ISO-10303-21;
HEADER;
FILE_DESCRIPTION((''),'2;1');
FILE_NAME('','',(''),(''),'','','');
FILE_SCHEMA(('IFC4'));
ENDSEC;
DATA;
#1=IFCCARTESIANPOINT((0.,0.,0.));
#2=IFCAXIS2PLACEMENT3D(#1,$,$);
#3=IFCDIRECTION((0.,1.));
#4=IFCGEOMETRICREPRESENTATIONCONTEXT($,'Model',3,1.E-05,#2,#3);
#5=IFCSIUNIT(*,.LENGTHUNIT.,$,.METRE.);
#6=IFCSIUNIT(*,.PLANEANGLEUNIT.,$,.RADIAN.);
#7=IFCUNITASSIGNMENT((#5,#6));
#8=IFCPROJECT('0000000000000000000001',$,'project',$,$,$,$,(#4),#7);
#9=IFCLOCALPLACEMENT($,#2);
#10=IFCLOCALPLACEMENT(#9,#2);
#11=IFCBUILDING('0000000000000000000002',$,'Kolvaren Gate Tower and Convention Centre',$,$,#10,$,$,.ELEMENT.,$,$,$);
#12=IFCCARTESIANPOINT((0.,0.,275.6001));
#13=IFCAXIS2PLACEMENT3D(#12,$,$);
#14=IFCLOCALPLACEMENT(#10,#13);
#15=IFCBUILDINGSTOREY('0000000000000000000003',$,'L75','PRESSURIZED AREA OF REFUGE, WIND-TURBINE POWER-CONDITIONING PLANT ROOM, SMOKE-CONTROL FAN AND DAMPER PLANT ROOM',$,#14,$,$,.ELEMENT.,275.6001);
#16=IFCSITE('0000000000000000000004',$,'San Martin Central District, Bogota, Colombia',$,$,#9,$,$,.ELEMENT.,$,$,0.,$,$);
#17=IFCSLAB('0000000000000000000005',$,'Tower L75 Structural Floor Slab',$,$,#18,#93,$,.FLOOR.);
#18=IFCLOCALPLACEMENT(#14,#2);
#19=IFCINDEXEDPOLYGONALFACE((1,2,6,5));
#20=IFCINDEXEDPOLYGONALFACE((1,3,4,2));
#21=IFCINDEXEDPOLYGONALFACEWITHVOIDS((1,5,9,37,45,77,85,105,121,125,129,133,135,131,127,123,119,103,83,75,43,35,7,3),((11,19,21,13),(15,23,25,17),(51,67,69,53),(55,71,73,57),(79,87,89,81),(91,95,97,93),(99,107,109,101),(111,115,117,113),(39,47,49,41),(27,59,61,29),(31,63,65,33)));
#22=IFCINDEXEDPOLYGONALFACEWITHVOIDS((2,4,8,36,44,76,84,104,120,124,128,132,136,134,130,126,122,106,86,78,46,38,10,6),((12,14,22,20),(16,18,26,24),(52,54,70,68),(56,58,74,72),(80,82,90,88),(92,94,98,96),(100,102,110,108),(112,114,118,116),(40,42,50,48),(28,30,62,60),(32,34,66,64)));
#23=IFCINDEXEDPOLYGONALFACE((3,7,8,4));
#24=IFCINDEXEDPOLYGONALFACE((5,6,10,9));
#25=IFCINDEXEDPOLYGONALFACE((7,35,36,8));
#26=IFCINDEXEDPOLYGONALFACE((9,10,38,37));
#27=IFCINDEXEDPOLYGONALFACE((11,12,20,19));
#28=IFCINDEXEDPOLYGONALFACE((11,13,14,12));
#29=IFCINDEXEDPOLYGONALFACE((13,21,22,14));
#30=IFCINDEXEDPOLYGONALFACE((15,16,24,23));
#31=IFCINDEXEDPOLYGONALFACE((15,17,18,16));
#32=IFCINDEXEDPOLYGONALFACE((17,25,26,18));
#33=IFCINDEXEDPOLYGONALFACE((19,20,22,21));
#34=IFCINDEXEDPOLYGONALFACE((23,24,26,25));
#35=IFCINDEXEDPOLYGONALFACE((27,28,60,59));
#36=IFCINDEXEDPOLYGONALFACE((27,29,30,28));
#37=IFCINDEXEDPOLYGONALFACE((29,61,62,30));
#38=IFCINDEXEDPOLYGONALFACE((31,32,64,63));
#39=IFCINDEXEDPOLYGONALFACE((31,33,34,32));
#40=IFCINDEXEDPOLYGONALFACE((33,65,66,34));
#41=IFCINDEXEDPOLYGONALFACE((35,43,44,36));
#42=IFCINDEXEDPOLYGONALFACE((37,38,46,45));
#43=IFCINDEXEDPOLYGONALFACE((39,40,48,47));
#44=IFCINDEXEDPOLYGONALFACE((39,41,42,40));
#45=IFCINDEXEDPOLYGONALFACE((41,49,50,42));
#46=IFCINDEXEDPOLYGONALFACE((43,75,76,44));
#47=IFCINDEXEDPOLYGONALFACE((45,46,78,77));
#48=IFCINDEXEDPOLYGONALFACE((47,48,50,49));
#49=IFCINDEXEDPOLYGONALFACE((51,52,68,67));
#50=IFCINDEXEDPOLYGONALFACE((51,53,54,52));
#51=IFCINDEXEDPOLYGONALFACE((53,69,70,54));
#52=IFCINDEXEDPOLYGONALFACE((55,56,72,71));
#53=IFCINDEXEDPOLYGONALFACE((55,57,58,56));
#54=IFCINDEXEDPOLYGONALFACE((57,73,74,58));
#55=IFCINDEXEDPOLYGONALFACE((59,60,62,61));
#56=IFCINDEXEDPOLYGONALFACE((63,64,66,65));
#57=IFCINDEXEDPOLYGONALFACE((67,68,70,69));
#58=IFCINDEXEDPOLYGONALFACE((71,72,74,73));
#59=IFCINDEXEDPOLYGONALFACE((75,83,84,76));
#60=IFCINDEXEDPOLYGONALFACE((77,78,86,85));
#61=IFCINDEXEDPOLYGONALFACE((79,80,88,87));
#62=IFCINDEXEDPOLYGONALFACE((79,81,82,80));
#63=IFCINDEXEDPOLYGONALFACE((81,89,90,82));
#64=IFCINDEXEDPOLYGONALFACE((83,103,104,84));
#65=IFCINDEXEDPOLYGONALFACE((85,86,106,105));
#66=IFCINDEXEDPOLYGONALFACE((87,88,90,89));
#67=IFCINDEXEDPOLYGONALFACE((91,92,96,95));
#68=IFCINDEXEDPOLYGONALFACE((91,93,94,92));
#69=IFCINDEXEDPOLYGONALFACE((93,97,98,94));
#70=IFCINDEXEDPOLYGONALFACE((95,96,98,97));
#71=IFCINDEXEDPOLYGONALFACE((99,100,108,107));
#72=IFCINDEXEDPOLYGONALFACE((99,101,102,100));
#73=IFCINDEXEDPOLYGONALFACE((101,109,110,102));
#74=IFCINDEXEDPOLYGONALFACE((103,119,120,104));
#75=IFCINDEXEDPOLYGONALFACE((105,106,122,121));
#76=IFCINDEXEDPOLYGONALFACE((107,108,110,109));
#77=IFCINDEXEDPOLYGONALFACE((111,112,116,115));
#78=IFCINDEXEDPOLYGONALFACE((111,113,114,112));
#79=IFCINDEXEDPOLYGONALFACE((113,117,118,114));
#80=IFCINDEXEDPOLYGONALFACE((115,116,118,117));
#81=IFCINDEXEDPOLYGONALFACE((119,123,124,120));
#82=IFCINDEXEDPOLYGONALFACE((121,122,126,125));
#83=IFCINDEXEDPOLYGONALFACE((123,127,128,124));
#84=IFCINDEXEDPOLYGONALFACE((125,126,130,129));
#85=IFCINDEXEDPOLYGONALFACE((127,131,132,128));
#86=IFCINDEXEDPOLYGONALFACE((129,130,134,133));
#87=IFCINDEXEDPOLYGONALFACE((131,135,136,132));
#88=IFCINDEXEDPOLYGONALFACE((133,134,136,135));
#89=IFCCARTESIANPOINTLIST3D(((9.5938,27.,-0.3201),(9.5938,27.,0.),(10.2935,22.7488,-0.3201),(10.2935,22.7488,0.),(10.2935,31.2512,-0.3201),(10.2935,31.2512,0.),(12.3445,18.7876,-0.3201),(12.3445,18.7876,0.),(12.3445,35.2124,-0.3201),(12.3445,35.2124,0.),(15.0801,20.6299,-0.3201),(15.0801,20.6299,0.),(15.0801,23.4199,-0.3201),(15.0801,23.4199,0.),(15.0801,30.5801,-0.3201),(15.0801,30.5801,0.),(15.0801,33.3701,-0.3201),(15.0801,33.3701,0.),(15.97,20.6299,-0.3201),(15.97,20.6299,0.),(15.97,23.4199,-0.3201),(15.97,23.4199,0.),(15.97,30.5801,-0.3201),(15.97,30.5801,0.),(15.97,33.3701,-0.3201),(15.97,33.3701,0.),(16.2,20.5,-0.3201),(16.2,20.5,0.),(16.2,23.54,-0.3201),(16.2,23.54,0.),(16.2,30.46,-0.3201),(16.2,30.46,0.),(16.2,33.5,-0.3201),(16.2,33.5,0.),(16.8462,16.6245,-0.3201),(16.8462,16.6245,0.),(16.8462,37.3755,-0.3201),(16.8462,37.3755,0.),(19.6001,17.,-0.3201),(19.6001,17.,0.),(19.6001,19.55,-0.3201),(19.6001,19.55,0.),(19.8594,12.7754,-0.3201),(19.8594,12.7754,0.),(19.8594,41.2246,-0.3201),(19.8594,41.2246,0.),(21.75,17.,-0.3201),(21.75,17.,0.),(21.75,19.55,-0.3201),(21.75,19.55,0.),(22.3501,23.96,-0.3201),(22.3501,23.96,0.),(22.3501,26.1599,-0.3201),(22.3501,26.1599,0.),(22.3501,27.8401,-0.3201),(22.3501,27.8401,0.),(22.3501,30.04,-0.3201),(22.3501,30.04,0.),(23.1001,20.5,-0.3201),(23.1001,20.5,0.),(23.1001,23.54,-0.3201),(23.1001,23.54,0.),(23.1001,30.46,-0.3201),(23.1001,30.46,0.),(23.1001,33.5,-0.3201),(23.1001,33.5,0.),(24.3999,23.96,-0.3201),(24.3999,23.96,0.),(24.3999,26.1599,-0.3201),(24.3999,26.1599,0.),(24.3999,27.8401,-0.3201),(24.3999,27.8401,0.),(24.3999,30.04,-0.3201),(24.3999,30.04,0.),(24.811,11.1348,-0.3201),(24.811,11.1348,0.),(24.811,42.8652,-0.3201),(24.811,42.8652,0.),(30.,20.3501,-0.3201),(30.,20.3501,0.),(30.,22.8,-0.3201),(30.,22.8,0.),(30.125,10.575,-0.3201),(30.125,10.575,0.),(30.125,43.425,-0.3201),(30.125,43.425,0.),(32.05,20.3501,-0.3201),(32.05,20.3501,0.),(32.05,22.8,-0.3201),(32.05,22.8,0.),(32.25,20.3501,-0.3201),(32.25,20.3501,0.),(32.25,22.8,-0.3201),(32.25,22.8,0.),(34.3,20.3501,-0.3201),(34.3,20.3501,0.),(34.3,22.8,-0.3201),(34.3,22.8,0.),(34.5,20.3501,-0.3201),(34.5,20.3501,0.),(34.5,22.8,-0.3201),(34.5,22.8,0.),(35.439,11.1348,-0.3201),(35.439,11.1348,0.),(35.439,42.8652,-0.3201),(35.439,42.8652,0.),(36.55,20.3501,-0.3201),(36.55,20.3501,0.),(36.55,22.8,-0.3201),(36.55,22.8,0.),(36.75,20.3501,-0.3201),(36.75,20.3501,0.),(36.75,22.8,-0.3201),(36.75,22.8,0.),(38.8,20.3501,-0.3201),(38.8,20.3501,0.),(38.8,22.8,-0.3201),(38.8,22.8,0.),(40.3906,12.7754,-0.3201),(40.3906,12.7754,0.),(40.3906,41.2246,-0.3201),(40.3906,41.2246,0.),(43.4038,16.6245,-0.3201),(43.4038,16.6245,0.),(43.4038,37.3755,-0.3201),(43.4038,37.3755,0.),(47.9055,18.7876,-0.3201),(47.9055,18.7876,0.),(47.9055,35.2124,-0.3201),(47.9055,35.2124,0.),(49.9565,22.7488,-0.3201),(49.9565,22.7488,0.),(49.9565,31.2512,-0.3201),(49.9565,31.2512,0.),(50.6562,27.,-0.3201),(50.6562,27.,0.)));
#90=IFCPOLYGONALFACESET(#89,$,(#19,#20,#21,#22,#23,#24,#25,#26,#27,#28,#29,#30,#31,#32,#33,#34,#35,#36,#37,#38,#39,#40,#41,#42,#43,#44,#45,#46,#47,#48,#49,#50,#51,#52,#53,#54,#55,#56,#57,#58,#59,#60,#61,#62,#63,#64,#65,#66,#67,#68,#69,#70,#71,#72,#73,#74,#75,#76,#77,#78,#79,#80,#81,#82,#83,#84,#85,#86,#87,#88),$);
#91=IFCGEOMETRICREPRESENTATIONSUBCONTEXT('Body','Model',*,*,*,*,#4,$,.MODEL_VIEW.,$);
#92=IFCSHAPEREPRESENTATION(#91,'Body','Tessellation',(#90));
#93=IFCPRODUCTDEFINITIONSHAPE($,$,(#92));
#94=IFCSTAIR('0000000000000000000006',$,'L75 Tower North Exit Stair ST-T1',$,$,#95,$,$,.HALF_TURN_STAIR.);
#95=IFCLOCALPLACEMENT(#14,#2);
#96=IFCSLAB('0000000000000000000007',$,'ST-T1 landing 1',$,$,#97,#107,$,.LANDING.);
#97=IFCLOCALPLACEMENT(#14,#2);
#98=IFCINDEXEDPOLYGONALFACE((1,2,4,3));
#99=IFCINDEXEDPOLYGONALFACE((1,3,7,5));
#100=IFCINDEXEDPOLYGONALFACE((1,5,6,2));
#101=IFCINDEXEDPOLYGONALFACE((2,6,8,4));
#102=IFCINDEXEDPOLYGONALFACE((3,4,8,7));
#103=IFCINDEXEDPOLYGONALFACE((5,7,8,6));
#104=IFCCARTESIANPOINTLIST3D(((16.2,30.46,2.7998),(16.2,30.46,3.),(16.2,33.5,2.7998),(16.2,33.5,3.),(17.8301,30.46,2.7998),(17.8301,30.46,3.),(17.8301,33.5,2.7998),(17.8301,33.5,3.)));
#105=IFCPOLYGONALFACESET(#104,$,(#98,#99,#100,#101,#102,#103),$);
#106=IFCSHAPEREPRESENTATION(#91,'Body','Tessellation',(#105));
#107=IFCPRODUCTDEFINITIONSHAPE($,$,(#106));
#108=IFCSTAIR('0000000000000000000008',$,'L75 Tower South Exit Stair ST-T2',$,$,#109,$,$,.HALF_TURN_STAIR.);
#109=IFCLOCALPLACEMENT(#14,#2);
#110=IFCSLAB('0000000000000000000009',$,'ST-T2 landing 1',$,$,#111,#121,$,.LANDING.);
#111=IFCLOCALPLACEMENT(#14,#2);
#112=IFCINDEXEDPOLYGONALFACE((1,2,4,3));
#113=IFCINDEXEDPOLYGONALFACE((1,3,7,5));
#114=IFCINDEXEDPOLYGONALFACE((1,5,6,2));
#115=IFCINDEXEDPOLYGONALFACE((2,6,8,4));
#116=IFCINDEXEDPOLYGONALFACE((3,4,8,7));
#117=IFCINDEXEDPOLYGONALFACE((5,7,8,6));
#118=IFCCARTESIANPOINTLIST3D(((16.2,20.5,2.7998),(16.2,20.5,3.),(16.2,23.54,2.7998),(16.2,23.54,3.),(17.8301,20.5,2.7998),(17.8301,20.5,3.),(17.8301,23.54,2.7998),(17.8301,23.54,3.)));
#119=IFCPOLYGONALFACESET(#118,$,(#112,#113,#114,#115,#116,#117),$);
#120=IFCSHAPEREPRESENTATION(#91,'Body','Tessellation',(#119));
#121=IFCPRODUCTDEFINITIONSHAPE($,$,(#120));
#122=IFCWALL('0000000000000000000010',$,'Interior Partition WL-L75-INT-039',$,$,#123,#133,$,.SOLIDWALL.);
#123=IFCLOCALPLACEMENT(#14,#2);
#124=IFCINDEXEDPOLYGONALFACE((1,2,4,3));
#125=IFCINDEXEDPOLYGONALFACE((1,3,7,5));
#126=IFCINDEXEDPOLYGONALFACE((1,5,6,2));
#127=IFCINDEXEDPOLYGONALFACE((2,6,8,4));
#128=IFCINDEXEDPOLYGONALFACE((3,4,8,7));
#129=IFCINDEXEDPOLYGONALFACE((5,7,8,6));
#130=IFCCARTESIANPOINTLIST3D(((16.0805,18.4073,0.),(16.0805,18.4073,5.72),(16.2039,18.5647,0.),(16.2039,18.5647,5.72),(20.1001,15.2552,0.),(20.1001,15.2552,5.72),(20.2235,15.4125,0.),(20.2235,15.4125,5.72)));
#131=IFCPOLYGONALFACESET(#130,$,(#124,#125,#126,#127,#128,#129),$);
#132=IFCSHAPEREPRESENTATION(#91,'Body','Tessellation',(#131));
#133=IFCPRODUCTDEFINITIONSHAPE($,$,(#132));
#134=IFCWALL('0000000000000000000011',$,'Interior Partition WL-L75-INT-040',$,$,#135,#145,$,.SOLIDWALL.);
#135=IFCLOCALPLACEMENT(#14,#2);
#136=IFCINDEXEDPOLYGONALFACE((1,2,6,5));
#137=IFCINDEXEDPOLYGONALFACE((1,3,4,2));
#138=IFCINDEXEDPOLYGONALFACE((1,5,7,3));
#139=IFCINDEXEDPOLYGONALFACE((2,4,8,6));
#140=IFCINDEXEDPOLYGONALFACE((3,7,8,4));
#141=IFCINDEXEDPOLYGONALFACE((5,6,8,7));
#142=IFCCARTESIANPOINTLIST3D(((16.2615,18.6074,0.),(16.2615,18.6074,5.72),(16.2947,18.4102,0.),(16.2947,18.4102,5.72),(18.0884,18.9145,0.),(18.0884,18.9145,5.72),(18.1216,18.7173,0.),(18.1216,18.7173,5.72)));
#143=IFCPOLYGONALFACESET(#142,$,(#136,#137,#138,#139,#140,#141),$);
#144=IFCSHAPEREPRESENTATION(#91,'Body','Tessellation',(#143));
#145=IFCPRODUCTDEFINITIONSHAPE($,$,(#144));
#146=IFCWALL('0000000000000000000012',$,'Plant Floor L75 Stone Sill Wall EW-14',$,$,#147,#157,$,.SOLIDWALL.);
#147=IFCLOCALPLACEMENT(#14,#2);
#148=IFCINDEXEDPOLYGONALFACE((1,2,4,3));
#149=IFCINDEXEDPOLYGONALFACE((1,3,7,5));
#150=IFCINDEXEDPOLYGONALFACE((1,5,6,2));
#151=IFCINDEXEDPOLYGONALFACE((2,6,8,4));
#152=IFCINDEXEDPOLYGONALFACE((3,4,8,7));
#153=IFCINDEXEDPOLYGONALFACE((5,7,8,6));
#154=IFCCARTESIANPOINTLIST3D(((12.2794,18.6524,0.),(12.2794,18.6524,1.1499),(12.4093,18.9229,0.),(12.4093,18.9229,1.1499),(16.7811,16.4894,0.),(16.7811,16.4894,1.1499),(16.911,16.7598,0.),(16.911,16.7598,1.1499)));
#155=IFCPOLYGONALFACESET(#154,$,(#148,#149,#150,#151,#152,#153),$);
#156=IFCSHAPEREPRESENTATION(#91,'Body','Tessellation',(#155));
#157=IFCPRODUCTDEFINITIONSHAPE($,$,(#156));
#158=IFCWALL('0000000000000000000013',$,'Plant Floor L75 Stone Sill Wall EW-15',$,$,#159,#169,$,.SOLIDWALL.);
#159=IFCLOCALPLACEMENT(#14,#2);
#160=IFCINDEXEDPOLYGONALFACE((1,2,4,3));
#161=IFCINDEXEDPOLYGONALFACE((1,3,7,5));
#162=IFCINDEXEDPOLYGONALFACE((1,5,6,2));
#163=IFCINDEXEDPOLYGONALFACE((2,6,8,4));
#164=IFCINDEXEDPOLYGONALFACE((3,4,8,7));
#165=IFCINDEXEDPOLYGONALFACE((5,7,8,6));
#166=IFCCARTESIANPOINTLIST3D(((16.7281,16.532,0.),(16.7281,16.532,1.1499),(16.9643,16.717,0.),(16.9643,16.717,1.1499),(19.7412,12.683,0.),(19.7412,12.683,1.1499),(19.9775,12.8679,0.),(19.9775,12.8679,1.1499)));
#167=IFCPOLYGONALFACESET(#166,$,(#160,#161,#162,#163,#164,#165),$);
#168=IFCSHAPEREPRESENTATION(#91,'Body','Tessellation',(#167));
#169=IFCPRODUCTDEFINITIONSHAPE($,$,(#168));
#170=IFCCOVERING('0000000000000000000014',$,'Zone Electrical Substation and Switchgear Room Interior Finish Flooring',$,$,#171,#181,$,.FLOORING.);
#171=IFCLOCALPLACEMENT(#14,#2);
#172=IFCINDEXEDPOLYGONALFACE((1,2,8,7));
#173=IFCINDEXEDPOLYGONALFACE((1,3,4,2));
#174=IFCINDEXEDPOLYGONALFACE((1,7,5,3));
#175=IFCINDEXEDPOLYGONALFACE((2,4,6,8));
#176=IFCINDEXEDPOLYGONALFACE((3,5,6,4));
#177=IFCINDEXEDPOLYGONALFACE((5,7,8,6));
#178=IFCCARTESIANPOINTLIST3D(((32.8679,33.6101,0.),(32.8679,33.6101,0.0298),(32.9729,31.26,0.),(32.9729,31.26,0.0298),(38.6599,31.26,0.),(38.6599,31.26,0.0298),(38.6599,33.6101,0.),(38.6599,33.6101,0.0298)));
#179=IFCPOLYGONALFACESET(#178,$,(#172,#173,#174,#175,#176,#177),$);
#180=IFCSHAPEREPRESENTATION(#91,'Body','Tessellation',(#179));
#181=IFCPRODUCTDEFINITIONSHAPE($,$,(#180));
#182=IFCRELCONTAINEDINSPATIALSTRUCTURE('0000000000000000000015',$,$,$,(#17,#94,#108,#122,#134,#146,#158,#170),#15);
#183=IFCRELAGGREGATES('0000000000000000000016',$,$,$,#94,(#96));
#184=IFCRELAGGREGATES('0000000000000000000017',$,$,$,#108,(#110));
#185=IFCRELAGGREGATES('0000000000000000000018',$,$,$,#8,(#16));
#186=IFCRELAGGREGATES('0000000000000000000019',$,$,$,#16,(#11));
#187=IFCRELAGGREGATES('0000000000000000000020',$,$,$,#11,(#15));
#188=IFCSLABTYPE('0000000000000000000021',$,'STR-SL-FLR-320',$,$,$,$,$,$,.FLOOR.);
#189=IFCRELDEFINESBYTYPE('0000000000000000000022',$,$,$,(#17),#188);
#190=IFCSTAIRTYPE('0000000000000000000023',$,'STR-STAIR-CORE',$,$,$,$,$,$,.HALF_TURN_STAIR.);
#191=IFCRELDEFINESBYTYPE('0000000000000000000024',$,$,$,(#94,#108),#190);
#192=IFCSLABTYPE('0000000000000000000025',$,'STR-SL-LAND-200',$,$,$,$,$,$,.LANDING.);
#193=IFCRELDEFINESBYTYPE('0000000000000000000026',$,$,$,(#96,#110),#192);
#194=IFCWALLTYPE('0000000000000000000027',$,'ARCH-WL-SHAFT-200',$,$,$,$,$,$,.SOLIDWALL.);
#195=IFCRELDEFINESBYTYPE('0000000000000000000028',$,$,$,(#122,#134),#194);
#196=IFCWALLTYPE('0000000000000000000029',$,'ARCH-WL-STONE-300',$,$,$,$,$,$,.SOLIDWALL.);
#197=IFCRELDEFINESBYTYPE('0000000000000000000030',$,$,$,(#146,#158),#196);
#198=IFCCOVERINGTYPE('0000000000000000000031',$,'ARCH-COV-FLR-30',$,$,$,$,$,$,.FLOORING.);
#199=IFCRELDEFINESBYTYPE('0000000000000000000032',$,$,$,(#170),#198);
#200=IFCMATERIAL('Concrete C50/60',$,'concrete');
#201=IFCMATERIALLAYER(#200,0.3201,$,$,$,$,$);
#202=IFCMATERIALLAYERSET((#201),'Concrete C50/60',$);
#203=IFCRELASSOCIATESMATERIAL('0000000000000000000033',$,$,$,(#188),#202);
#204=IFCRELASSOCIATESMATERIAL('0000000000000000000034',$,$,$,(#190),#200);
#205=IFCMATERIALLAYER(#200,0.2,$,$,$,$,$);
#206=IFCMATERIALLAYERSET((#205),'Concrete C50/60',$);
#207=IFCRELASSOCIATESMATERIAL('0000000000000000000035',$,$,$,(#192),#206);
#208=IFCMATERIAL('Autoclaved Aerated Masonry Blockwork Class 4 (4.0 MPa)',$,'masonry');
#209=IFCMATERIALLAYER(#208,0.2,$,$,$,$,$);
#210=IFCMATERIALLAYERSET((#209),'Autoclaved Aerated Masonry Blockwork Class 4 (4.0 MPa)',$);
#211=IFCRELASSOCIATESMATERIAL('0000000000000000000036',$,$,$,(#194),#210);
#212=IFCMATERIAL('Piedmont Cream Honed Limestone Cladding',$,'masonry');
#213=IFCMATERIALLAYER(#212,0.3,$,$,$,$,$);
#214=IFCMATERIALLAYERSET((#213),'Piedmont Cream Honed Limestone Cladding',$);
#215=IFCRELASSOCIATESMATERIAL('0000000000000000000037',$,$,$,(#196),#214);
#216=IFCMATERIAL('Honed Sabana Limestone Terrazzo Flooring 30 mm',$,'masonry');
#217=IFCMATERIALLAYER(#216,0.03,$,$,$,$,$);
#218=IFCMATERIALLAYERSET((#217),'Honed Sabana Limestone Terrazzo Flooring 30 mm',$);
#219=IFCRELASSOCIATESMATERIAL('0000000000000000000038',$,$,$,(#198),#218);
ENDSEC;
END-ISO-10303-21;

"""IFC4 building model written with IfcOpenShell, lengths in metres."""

from ifc_helpers import new_model, si_unit, direction, frame, frame_2d, origin, place, context, subcontext, project, spatial, polyline, rectangle, outline, extrude, material, layer, layer_set, type_object, element, aggregate, save


model = new_model("IFC4")

# Units and contexts
model_context = context("Model", 3, precision=1e-05, world=origin(), true_north=direction((0.0, 1.0)))
body_context = subcontext(model_context, "Body", "Model", "MODEL_VIEW")
ifc_project = project(units=[si_unit("LENGTHUNIT", "METRE"), si_unit("PLANEANGLEUNIT", "RADIAN")], contexts=[model_context])

# Site, building, storey
site_placement = place(None, origin())
site = spatial("IfcSite", under=ifc_project, at=site_placement, Name="San Martin Central District, Bogota, Colombia", CompositionType="ELEMENT", RefElevation=0.0)
building_placement = place(site_placement, origin())
building = spatial("IfcBuilding", under=site, at=building_placement, Name="Kolvaren Gate Tower and Convention Centre", CompositionType="ELEMENT")
storey_placement = place(building_placement, frame((0.0, 0.0, 275.6001)))
storey = spatial("IfcBuildingStorey", under=building, at=storey_placement, Name="L75", Description="PRESSURIZED AREA OF REFUGE, WIND-TURBINE POWER-CONDITIONING PLANT ROOM, SMOKE-CONTROL FAN AND DAMPER PLANT ROOM", CompositionType="ELEMENT", Elevation=275.6001)

# Slab
ifc_material_1 = material(Name="Concrete C50/60", Category="concrete")
ifc_layer_1 = layer(ifc_material_1, 0.3201)
ifc_layer_set_1 = layer_set([ifc_layer_1], Name="Concrete C50/60")
slab_type_1 = type_object("IfcSlabType", Name="STR-SL-FLR-320", PredefinedType="FLOOR", material=ifc_layer_set_1)
slab_1_placement = place(storey_placement, frame((0.0, 0.0, -0.3201)))
element("IfcSlab", 1, at=slab_1_placement, inside=storey, type_object=slab_type_1, Name="Tower L75 Structural Floor Slab", PredefinedType="FLOOR", context=body_context, shape_type="SweptSolid", body=[
    extrude(outline(polyline([(50.6562, 27.0), (49.9565, 31.2512), (47.9055, 35.2124), (43.4038, 37.3755), (40.3906, 41.2246), (35.439, 42.8652), (30.125, 43.425), (24.811, 42.8652), (19.8594, 41.2246), (16.8462, 37.3755), (12.3445, 35.2124), (10.2935, 31.2512), (9.5938, 27.0), (10.2935, 22.7488), (12.3445, 18.7876), (16.8462, 16.6245), (19.8594, 12.7754), (24.811, 11.1348), (30.125, 10.575), (35.439, 11.1348), (40.3906, 12.7754), (43.4038, 16.6245), (47.9055, 18.7876), (49.9565, 22.7488), (50.6562, 27.0)]), holes=[polyline([(36.75, 20.3501), (36.75, 22.8), (38.8, 22.8), (38.8, 20.3501), (36.75, 20.3501)]), polyline([(36.55, 20.3501), (34.5, 20.3501), (34.5, 22.8), (36.55, 22.8), (36.55, 20.3501)]), polyline([(32.25, 20.3501), (32.25, 22.8), (34.3, 22.8), (34.3, 20.3501), (32.25, 20.3501)]), polyline([(30.0, 20.3501), (30.0, 22.8), (32.05, 22.8), (32.05, 20.3501), (30.0, 20.3501)]), polyline([(22.3501, 23.96), (22.3501, 26.1599), (24.3999, 26.1599), (24.3999, 23.96), (22.3501, 23.96)]), polyline([(22.3501, 27.8401), (22.3501, 30.04), (24.3999, 30.04), (24.3999, 27.8401), (22.3501, 27.8401)]), polyline([(16.2, 23.54), (23.1001, 23.54), (23.1001, 20.5), (16.2, 20.5), (16.2, 23.54)]), polyline([(16.2, 33.5), (23.1001, 33.5), (23.1001, 30.46), (16.2, 30.46), (16.2, 33.5)]), polyline([(21.75, 17.0), (19.6001, 17.0), (19.6001, 19.55), (21.75, 19.55), (21.75, 17.0)]), polyline([(15.0801, 30.5801), (15.0801, 33.3701), (15.97, 33.3701), (15.97, 30.5801), (15.0801, 30.5801)]), polyline([(15.97, 20.6299), (15.0801, 20.6299), (15.0801, 23.4199), (15.97, 23.4199), (15.97, 20.6299)])]), origin(), (0.0, 0.0, 1.0), 0.3201),
])

# Stairs, slabs
stair_type = type_object("IfcStairType", Name="STR-STAIR-CORE", PredefinedType="HALF_TURN_STAIR", material=ifc_material_1)
stair_1_placement = place(storey_placement, origin())
stair_1 = element("IfcStair", 2, at=stair_1_placement, inside=storey, type_object=stair_type, Name="L75 Tower North Exit Stair ST-T1", PredefinedType="HALF_TURN_STAIR")
ifc_layer_2 = layer(ifc_material_1, 0.2)
ifc_layer_set_2 = layer_set([ifc_layer_2], Name="Concrete C50/60")
slab_type_2 = type_object("IfcSlabType", Name="STR-SL-LAND-200", PredefinedType="LANDING", material=ifc_layer_set_2)
slab_2_placement = place(storey_placement, frame((0.0, 0.0, 2.7998)))
slab_2 = element("IfcSlab", 3, at=slab_2_placement, type_object=slab_type_2, Name="ST-T1 landing 1", PredefinedType="LANDING", context=body_context, shape_type="SweptSolid", body=[
    extrude(outline(polyline([(17.8301, 33.5), (16.2, 33.5), (16.2, 30.46), (17.8301, 30.46), (17.8301, 33.5)])), origin(), (0.0, 0.0, 1.0), 0.2002),
])
aggregate(stair_1, [slab_2])
stair_2_placement = place(storey_placement, origin())
stair_2 = element("IfcStair", 4, at=stair_2_placement, inside=storey, type_object=stair_type, Name="L75 Tower South Exit Stair ST-T2", PredefinedType="HALF_TURN_STAIR")
slab_3_placement = place(storey_placement, frame((0.0, 0.0, 2.7998)))
slab_3 = element("IfcSlab", 5, at=slab_3_placement, type_object=slab_type_2, Name="ST-T2 landing 1", PredefinedType="LANDING", context=body_context, shape_type="SweptSolid", body=[
    extrude(outline(polyline([(17.8301, 23.54), (16.2, 23.54), (16.2, 20.5), (17.8301, 20.5), (17.8301, 23.54)])), origin(), (0.0, 0.0, 1.0), 0.2002),
])
aggregate(stair_2, [slab_3])

# Walls
ifc_material_2 = material(Name="Autoclaved Aerated Masonry Blockwork Class 4 (4.0 MPa)", Category="masonry")
ifc_layer_3 = layer(ifc_material_2, 0.2)
ifc_layer_set_3 = layer_set([ifc_layer_3], Name="Autoclaved Aerated Masonry Blockwork Class 4 (4.0 MPa)")
wall_type_1 = type_object("IfcWallType", Name="ARCH-WL-SHAFT-200", PredefinedType="SOLIDWALL", material=ifc_layer_set_3)
wall_1_placement = place(storey_placement, frame((16.1421, 18.4861, 0.0), z_axis=(0.0, 0.0, 1.0), x_axis=(0.786898, -0.617082, 0.0)))
element("IfcWall", 6, at=wall_1_placement, inside=storey, type_object=wall_type_1, Name="Interior Partition WL-L75-INT-039", PredefinedType="SOLIDWALL", context=body_context, shape_type="SweptSolid", body=[
    extrude(rectangle(XDim=5.1082, YDim=0.2, at=frame_2d((2.5542, 0.0))), origin(), (0.0, 0.0, 1.0), 5.72),
])
wall_2_placement = place(storey_placement, frame((16.2781, 18.5088, 0.0), z_axis=(0.0, 0.0, 1.0), x_axis=(0.986161, 0.165788, 0.0)))
element("IfcWall", 7, at=wall_2_placement, inside=storey, type_object=wall_type_1, Name="Interior Partition WL-L75-INT-040", PredefinedType="SOLIDWALL", context=body_context, shape_type="SweptSolid", body=[
    extrude(rectangle(XDim=1.8525, YDim=0.2, at=frame_2d((0.9263, 0.0))), origin(), (0.0, 0.0, 1.0), 5.72),
])
ifc_material_3 = material(Name="Piedmont Cream Honed Limestone Cladding", Category="masonry")
ifc_layer_4 = layer(ifc_material_3, 0.3)
ifc_layer_set_4 = layer_set([ifc_layer_4], Name="Piedmont Cream Honed Limestone Cladding")
wall_type_2 = type_object("IfcWallType", Name="ARCH-WL-STONE-300", PredefinedType="SOLIDWALL", material=ifc_layer_set_4)
wall_3_placement = place(storey_placement, frame((12.3445, 18.7876, 0.0), z_axis=(0.0, 0.0, 1.0), x_axis=(0.901346, -0.4331, 0.0)))
element("IfcWall", 8, at=wall_3_placement, inside=storey, type_object=wall_type_2, Name="Plant Floor L75 Stone Sill Wall EW-14", PredefinedType="SOLIDWALL", context=body_context, shape_type="SweptSolid", body=[
    extrude(rectangle(XDim=4.9944, YDim=0.3, at=frame_2d((2.4971, 0.0))), origin(), (0.0, 0.0, 1.0), 1.1499),
])
wall_4_placement = place(storey_placement, frame((16.8462, 16.6245, 0.0), z_axis=(0.0, 0.0, 1.0), x_axis=(0.616413, -0.787423, 0.0)))
element("IfcWall", 9, at=wall_4_placement, inside=storey, type_object=wall_type_2, Name="Plant Floor L75 Stone Sill Wall EW-15", PredefinedType="SOLIDWALL", context=body_context, shape_type="SweptSolid", body=[
    extrude(rectangle(XDim=4.8882, YDim=0.3, at=frame_2d((2.4441, 0.0))), origin(), (0.0, 0.0, 1.0), 1.1499),
])

# Covering
ifc_material_4 = material(Name="Honed Sabana Limestone Terrazzo Flooring 30 mm", Category="masonry")
ifc_layer_5 = layer(ifc_material_4, 0.03)
ifc_layer_set_5 = layer_set([ifc_layer_5], Name="Honed Sabana Limestone Terrazzo Flooring 30 mm")
covering_type_1 = type_object("IfcCoveringType", Name="ARCH-COV-FLR-30", PredefinedType="FLOORING", material=ifc_layer_set_5)
covering_1_placement = place(storey_placement, origin())
element("IfcCovering", 10, at=covering_1_placement, inside=storey, type_object=covering_type_1, Name="Zone Electrical Substation and Switchgear Room Interior Finish Flooring", PredefinedType="FLOORING", context=body_context, shape_type="SweptSolid", body=[
    extrude(outline(polyline([(32.8679, 33.6101), (38.6599, 33.6101), (38.6599, 31.26), (32.9729, 31.26), (32.8679, 33.6101)])), origin(), (0.0, 0.0, 1.0), 0.0298),
])

save(model, "model.ifc")
